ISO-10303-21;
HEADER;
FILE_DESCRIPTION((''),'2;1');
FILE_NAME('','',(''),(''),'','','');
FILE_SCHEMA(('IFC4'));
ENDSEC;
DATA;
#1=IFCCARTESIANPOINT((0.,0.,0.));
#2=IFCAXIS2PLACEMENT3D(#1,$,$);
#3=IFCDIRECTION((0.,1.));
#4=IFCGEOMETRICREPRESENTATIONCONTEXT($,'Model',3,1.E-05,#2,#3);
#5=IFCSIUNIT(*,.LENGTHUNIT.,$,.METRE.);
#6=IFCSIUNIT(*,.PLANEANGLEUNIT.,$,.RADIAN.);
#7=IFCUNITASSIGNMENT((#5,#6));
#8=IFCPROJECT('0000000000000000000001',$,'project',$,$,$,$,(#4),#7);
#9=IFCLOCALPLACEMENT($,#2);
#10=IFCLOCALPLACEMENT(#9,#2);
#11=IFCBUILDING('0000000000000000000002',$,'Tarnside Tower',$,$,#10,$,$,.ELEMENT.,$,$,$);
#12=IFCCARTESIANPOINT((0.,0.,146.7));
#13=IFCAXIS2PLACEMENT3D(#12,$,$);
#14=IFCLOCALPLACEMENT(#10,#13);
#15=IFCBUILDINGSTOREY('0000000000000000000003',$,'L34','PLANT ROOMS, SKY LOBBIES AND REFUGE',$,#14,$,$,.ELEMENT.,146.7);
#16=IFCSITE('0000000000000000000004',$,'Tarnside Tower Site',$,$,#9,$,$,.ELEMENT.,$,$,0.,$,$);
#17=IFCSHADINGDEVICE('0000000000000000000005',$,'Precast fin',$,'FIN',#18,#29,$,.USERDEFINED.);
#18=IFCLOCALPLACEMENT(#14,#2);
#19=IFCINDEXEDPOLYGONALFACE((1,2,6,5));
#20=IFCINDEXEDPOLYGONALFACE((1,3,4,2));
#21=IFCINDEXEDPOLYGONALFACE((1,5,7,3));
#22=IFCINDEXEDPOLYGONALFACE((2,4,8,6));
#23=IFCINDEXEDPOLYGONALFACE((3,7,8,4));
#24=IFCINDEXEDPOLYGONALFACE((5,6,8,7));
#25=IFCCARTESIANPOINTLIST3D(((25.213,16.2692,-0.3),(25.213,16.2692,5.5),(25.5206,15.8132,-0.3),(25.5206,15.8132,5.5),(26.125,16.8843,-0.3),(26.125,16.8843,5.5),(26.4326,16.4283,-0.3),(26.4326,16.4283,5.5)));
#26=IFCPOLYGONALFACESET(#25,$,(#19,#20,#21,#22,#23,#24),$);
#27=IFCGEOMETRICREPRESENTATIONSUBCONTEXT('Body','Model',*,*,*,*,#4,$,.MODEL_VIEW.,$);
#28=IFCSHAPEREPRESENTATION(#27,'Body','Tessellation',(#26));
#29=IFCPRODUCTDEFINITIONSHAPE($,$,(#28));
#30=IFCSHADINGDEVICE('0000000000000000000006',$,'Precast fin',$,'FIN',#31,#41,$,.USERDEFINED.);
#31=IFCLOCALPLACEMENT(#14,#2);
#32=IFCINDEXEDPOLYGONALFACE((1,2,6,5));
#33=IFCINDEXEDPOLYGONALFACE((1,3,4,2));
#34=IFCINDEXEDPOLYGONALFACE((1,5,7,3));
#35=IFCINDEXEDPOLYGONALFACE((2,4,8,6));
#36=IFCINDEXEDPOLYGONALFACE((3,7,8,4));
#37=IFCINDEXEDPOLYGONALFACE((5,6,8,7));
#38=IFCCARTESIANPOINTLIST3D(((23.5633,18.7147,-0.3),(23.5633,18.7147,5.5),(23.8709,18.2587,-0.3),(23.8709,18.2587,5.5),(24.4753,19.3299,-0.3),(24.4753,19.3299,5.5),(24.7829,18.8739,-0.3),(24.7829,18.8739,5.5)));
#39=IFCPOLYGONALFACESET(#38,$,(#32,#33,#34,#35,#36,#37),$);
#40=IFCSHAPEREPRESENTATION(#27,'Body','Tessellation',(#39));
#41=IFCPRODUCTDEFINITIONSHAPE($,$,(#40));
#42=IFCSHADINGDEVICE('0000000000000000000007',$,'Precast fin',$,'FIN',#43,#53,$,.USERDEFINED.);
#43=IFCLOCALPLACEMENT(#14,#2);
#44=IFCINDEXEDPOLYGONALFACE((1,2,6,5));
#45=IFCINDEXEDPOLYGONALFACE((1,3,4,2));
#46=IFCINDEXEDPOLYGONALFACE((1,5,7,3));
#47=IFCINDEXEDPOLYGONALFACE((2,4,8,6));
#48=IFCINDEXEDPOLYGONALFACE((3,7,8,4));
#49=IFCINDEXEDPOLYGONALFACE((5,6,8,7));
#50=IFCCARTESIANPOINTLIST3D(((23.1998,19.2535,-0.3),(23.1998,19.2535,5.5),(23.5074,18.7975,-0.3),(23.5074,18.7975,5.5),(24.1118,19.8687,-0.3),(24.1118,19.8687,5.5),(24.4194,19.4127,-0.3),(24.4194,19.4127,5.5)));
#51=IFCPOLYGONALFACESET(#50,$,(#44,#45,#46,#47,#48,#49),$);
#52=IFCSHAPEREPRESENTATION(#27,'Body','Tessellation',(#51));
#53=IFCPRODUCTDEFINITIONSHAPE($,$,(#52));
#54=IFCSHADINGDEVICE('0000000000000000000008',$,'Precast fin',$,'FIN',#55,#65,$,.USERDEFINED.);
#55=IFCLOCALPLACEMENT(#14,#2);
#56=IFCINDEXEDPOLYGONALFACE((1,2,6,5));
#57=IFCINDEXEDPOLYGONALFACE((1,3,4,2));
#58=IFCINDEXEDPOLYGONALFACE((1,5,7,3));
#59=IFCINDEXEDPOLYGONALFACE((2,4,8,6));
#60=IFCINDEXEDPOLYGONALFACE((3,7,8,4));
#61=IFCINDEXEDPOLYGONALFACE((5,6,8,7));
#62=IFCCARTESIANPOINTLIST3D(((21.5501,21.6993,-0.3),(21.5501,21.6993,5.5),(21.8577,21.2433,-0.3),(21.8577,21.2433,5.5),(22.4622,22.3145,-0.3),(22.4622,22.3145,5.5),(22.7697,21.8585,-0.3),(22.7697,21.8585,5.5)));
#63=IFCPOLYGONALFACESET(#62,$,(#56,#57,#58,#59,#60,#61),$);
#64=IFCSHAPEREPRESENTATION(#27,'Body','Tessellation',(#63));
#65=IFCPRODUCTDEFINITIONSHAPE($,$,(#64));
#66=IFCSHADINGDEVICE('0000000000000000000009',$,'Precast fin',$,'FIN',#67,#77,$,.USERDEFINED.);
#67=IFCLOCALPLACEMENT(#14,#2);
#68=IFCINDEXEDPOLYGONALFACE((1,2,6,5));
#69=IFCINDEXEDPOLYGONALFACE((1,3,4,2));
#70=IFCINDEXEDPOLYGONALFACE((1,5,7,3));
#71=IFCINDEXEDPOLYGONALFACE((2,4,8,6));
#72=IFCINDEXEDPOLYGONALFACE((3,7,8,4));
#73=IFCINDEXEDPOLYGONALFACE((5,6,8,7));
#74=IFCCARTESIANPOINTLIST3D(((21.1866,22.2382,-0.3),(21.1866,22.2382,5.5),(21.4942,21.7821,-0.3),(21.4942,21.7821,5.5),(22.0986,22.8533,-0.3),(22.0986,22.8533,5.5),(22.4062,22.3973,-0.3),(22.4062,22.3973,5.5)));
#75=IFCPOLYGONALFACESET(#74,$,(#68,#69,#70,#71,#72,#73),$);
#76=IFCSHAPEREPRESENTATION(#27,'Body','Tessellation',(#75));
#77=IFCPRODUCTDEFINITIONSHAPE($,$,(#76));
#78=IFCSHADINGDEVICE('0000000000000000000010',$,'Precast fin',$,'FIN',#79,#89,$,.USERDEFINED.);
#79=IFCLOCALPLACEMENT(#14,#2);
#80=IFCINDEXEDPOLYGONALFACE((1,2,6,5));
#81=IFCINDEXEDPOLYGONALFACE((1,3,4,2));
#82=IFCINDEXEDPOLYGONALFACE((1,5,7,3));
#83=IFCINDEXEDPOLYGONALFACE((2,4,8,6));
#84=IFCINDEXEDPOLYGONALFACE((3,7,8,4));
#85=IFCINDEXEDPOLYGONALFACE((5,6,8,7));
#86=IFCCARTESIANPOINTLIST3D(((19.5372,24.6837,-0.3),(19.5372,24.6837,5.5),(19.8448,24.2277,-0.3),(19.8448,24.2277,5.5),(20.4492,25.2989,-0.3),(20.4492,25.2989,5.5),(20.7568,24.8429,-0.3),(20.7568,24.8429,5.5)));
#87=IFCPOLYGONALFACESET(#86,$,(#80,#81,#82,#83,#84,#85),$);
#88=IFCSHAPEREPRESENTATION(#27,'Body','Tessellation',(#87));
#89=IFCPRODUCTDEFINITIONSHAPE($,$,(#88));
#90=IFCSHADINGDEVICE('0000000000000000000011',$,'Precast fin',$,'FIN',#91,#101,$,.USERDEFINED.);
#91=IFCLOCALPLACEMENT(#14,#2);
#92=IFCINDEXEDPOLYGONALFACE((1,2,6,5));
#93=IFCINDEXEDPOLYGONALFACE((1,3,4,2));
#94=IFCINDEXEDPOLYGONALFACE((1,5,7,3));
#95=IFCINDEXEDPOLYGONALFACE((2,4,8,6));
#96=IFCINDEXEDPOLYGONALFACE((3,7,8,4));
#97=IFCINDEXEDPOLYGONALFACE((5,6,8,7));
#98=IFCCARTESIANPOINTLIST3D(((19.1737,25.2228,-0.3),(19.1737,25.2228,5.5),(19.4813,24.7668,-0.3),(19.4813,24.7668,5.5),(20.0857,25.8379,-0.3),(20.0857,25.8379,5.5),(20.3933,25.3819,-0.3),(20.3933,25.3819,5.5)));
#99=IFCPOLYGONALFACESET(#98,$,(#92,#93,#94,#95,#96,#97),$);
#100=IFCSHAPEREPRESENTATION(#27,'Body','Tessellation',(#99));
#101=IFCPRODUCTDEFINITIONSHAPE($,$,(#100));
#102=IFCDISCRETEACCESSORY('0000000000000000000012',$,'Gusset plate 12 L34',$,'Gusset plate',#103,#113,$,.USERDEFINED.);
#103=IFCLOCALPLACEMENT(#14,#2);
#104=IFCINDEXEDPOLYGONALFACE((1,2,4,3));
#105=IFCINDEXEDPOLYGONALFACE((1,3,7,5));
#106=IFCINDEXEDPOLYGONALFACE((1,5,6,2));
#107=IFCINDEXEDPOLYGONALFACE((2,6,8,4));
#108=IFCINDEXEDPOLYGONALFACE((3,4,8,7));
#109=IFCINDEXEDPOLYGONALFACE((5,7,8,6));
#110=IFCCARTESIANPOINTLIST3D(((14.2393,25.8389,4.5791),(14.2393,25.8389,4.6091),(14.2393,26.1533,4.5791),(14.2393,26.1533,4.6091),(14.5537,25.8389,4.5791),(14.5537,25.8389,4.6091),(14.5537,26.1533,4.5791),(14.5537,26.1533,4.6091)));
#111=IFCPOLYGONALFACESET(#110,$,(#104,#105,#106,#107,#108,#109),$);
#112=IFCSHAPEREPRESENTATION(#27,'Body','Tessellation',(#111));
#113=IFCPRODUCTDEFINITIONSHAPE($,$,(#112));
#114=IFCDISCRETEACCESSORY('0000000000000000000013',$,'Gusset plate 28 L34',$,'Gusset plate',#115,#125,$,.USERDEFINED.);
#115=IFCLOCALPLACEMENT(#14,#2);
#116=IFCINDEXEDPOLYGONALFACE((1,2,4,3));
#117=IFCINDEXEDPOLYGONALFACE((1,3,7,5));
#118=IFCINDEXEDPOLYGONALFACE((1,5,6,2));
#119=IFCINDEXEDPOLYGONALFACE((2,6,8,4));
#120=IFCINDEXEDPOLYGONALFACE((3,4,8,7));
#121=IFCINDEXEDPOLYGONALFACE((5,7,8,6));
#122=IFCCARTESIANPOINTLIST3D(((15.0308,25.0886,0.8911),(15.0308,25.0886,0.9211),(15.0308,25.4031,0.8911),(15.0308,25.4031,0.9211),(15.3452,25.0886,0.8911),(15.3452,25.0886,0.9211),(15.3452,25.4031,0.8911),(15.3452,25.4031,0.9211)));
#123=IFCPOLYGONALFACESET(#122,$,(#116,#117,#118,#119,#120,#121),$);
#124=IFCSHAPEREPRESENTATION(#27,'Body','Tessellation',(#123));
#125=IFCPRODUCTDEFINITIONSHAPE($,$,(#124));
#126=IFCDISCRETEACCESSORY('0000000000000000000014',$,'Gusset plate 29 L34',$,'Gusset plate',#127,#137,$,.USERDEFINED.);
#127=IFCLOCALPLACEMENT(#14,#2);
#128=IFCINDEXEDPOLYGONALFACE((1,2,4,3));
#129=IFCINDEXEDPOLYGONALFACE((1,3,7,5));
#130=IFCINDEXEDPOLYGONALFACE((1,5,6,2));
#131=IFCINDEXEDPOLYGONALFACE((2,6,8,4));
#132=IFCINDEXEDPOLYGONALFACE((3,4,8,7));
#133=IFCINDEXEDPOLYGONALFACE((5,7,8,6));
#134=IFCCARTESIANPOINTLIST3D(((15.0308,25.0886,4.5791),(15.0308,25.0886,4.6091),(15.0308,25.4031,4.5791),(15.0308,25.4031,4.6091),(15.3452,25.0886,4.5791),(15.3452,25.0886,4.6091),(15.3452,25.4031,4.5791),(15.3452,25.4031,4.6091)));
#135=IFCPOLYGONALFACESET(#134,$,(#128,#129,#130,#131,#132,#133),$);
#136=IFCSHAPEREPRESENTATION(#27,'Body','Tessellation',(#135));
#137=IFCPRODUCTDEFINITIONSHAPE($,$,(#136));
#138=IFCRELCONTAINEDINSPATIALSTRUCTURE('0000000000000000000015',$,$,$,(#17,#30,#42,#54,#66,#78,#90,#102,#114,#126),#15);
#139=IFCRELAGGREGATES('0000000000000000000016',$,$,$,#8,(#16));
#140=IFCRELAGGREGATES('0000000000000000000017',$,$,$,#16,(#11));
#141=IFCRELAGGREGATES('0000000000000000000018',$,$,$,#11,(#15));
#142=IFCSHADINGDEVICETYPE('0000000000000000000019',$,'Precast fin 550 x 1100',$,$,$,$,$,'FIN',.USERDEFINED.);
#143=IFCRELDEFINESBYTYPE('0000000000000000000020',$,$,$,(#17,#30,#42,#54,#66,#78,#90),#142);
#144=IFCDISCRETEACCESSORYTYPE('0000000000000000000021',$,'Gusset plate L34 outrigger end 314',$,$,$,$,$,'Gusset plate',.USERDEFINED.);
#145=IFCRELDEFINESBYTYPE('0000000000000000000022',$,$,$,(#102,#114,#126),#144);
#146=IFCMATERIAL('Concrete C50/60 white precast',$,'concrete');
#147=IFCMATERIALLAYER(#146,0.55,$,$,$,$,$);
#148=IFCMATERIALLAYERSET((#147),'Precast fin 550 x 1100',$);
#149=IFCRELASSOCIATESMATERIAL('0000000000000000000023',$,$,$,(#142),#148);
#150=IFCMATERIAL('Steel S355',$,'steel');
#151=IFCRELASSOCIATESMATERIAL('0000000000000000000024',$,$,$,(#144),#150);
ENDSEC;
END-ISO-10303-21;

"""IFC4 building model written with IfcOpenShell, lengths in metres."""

from ifc_helpers import new_model, si_unit, direction, frame, origin, origin_2d, place, context, subcontext, project, spatial, polyline, rectangle, outline, extrude, material, layer, layer_set, type_object, element, save


model = new_model("IFC4")

# Units and contexts
model_context = context("Model", 3, precision=1e-05, world=origin(), true_north=direction((0.0, 1.0)))
body_context = subcontext(model_context, "Body", "Model", "MODEL_VIEW")
ifc_project = project(units=[si_unit("LENGTHUNIT", "METRE"), si_unit("PLANEANGLEUNIT", "RADIAN")], contexts=[model_context])

# Site, building, storey
site_placement = place(None, origin())
site = spatial("IfcSite", under=ifc_project, at=site_placement, Name="Tarnside Tower Site", CompositionType="ELEMENT", RefElevation=0.0)
building_placement = place(site_placement, origin())
building = spatial("IfcBuilding", under=site, at=building_placement, Name="Tarnside Tower", CompositionType="ELEMENT")
storey_placement = place(building_placement, frame((0.0, 0.0, 146.7)))
storey = spatial("IfcBuildingStorey", under=building, at=storey_placement, Name="L34", Description="PLANT ROOMS, SKY LOBBIES AND REFUGE", CompositionType="ELEMENT", Elevation=146.7)

# Shared definitions
ifc_material_1 = material(Name="Steel S355", Category="steel")

# Shading devices
ifc_material_2 = material(Name="Concrete C50/60 white precast", Category="concrete")
ifc_layer_1 = layer(ifc_material_2, 0.55)
ifc_layer_set_1 = layer_set([ifc_layer_1], Name="Precast fin 550 x 1100")
shading_device_type_1 = type_object("IfcShadingDeviceType", Name="Precast fin 550 x 1100", ElementType="FIN", PredefinedType="USERDEFINED", material=ifc_layer_set_1)
for number, where, z_axis, x_axis, name in (
    (1, (25.3667, 16.0413, -0.3), (0.559193, -0.829038, 0.0), (0.829038, 0.559193, 0.0), "Precast fin"),
    (2, (23.717, 18.4868, -0.3), (0.559193, -0.829038, 0.0), (0.829038, 0.559193, 0.0), "Precast fin"),
    (3, (23.3535, 19.0256, -0.3), (0.559193, -0.829038, 0.0), (0.829038, 0.559193, 0.0), "Precast fin"),
    (4, (21.7039, 21.4714, -0.3), (0.559193, -0.829038, 0.0), (0.829038, 0.559193, 0.0), "Precast fin"),
    (5, (21.3403, 22.0103, -0.3), (0.559193, -0.829038, 0.0), (0.829038, 0.559193, 0.0), "Precast fin"),
    (6, (19.6909, 24.4558, -0.3), (0.559193, -0.829038, 0.0), (0.829038, 0.559193, 0.0), "Precast fin"),
    (7, (19.3274, 24.9949, -0.3), (0.559193, -0.829038, 0.0), (0.829038, 0.559193, 0.0), "Precast fin"),
):
    element("IfcShadingDevice", number, at=place(storey_placement, frame(where, z_axis=z_axis, x_axis=x_axis)), inside=storey, type_object=shading_device_type_1, Name=name, ObjectType="FIN", PredefinedType="USERDEFINED", context=body_context, shape_type="SweptSolid", body=[
        extrude(outline(polyline([(0.0, 0.0), (1.1001, 0.0), (1.1001, 5.8), (0.0, 5.8), (0.0, 0.0)])), frame((0.0, 0.0, -0.2749)), (0.0, 0.0, 1.0), 0.55),
    ])

# Discrete accessories
discrete_accessory_type = type_object("IfcDiscreteAccessoryType", Name="Gusset plate L34 outrigger end 314", ElementType="Gusset plate", PredefinedType="USERDEFINED", material=ifc_material_1)
for number, where, z_axis, x_axis, name in (
    (8, (14.3965, 25.9961, 4.5791), (0.0, 0.0, 1.0), (1.0, 0.0, 0.0), "Gusset plate 12 L34"),
    (9, (15.188, 25.2458, 0.8911), (0.0, 0.0, 1.0), (1.0, 0.0, 0.0), "Gusset plate 28 L34"),
    (10, (15.188, 25.2458, 4.5791), (0.0, 0.0, 1.0), (1.0, 0.0, 0.0), "Gusset plate 29 L34"),
):
    element("IfcDiscreteAccessory", number, at=place(storey_placement, frame(where, z_axis=z_axis, x_axis=x_axis)), inside=storey, type_object=discrete_accessory_type, Name=name, ObjectType="Gusset plate", PredefinedType="USERDEFINED", context=body_context, shape_type="SweptSolid", body=[
        extrude(rectangle(XDim=0.3145, YDim=0.3145, at=origin_2d()), origin(), (0.0, 0.0, 1.0), 0.03),
    ])

save(model, "model.ifc")
